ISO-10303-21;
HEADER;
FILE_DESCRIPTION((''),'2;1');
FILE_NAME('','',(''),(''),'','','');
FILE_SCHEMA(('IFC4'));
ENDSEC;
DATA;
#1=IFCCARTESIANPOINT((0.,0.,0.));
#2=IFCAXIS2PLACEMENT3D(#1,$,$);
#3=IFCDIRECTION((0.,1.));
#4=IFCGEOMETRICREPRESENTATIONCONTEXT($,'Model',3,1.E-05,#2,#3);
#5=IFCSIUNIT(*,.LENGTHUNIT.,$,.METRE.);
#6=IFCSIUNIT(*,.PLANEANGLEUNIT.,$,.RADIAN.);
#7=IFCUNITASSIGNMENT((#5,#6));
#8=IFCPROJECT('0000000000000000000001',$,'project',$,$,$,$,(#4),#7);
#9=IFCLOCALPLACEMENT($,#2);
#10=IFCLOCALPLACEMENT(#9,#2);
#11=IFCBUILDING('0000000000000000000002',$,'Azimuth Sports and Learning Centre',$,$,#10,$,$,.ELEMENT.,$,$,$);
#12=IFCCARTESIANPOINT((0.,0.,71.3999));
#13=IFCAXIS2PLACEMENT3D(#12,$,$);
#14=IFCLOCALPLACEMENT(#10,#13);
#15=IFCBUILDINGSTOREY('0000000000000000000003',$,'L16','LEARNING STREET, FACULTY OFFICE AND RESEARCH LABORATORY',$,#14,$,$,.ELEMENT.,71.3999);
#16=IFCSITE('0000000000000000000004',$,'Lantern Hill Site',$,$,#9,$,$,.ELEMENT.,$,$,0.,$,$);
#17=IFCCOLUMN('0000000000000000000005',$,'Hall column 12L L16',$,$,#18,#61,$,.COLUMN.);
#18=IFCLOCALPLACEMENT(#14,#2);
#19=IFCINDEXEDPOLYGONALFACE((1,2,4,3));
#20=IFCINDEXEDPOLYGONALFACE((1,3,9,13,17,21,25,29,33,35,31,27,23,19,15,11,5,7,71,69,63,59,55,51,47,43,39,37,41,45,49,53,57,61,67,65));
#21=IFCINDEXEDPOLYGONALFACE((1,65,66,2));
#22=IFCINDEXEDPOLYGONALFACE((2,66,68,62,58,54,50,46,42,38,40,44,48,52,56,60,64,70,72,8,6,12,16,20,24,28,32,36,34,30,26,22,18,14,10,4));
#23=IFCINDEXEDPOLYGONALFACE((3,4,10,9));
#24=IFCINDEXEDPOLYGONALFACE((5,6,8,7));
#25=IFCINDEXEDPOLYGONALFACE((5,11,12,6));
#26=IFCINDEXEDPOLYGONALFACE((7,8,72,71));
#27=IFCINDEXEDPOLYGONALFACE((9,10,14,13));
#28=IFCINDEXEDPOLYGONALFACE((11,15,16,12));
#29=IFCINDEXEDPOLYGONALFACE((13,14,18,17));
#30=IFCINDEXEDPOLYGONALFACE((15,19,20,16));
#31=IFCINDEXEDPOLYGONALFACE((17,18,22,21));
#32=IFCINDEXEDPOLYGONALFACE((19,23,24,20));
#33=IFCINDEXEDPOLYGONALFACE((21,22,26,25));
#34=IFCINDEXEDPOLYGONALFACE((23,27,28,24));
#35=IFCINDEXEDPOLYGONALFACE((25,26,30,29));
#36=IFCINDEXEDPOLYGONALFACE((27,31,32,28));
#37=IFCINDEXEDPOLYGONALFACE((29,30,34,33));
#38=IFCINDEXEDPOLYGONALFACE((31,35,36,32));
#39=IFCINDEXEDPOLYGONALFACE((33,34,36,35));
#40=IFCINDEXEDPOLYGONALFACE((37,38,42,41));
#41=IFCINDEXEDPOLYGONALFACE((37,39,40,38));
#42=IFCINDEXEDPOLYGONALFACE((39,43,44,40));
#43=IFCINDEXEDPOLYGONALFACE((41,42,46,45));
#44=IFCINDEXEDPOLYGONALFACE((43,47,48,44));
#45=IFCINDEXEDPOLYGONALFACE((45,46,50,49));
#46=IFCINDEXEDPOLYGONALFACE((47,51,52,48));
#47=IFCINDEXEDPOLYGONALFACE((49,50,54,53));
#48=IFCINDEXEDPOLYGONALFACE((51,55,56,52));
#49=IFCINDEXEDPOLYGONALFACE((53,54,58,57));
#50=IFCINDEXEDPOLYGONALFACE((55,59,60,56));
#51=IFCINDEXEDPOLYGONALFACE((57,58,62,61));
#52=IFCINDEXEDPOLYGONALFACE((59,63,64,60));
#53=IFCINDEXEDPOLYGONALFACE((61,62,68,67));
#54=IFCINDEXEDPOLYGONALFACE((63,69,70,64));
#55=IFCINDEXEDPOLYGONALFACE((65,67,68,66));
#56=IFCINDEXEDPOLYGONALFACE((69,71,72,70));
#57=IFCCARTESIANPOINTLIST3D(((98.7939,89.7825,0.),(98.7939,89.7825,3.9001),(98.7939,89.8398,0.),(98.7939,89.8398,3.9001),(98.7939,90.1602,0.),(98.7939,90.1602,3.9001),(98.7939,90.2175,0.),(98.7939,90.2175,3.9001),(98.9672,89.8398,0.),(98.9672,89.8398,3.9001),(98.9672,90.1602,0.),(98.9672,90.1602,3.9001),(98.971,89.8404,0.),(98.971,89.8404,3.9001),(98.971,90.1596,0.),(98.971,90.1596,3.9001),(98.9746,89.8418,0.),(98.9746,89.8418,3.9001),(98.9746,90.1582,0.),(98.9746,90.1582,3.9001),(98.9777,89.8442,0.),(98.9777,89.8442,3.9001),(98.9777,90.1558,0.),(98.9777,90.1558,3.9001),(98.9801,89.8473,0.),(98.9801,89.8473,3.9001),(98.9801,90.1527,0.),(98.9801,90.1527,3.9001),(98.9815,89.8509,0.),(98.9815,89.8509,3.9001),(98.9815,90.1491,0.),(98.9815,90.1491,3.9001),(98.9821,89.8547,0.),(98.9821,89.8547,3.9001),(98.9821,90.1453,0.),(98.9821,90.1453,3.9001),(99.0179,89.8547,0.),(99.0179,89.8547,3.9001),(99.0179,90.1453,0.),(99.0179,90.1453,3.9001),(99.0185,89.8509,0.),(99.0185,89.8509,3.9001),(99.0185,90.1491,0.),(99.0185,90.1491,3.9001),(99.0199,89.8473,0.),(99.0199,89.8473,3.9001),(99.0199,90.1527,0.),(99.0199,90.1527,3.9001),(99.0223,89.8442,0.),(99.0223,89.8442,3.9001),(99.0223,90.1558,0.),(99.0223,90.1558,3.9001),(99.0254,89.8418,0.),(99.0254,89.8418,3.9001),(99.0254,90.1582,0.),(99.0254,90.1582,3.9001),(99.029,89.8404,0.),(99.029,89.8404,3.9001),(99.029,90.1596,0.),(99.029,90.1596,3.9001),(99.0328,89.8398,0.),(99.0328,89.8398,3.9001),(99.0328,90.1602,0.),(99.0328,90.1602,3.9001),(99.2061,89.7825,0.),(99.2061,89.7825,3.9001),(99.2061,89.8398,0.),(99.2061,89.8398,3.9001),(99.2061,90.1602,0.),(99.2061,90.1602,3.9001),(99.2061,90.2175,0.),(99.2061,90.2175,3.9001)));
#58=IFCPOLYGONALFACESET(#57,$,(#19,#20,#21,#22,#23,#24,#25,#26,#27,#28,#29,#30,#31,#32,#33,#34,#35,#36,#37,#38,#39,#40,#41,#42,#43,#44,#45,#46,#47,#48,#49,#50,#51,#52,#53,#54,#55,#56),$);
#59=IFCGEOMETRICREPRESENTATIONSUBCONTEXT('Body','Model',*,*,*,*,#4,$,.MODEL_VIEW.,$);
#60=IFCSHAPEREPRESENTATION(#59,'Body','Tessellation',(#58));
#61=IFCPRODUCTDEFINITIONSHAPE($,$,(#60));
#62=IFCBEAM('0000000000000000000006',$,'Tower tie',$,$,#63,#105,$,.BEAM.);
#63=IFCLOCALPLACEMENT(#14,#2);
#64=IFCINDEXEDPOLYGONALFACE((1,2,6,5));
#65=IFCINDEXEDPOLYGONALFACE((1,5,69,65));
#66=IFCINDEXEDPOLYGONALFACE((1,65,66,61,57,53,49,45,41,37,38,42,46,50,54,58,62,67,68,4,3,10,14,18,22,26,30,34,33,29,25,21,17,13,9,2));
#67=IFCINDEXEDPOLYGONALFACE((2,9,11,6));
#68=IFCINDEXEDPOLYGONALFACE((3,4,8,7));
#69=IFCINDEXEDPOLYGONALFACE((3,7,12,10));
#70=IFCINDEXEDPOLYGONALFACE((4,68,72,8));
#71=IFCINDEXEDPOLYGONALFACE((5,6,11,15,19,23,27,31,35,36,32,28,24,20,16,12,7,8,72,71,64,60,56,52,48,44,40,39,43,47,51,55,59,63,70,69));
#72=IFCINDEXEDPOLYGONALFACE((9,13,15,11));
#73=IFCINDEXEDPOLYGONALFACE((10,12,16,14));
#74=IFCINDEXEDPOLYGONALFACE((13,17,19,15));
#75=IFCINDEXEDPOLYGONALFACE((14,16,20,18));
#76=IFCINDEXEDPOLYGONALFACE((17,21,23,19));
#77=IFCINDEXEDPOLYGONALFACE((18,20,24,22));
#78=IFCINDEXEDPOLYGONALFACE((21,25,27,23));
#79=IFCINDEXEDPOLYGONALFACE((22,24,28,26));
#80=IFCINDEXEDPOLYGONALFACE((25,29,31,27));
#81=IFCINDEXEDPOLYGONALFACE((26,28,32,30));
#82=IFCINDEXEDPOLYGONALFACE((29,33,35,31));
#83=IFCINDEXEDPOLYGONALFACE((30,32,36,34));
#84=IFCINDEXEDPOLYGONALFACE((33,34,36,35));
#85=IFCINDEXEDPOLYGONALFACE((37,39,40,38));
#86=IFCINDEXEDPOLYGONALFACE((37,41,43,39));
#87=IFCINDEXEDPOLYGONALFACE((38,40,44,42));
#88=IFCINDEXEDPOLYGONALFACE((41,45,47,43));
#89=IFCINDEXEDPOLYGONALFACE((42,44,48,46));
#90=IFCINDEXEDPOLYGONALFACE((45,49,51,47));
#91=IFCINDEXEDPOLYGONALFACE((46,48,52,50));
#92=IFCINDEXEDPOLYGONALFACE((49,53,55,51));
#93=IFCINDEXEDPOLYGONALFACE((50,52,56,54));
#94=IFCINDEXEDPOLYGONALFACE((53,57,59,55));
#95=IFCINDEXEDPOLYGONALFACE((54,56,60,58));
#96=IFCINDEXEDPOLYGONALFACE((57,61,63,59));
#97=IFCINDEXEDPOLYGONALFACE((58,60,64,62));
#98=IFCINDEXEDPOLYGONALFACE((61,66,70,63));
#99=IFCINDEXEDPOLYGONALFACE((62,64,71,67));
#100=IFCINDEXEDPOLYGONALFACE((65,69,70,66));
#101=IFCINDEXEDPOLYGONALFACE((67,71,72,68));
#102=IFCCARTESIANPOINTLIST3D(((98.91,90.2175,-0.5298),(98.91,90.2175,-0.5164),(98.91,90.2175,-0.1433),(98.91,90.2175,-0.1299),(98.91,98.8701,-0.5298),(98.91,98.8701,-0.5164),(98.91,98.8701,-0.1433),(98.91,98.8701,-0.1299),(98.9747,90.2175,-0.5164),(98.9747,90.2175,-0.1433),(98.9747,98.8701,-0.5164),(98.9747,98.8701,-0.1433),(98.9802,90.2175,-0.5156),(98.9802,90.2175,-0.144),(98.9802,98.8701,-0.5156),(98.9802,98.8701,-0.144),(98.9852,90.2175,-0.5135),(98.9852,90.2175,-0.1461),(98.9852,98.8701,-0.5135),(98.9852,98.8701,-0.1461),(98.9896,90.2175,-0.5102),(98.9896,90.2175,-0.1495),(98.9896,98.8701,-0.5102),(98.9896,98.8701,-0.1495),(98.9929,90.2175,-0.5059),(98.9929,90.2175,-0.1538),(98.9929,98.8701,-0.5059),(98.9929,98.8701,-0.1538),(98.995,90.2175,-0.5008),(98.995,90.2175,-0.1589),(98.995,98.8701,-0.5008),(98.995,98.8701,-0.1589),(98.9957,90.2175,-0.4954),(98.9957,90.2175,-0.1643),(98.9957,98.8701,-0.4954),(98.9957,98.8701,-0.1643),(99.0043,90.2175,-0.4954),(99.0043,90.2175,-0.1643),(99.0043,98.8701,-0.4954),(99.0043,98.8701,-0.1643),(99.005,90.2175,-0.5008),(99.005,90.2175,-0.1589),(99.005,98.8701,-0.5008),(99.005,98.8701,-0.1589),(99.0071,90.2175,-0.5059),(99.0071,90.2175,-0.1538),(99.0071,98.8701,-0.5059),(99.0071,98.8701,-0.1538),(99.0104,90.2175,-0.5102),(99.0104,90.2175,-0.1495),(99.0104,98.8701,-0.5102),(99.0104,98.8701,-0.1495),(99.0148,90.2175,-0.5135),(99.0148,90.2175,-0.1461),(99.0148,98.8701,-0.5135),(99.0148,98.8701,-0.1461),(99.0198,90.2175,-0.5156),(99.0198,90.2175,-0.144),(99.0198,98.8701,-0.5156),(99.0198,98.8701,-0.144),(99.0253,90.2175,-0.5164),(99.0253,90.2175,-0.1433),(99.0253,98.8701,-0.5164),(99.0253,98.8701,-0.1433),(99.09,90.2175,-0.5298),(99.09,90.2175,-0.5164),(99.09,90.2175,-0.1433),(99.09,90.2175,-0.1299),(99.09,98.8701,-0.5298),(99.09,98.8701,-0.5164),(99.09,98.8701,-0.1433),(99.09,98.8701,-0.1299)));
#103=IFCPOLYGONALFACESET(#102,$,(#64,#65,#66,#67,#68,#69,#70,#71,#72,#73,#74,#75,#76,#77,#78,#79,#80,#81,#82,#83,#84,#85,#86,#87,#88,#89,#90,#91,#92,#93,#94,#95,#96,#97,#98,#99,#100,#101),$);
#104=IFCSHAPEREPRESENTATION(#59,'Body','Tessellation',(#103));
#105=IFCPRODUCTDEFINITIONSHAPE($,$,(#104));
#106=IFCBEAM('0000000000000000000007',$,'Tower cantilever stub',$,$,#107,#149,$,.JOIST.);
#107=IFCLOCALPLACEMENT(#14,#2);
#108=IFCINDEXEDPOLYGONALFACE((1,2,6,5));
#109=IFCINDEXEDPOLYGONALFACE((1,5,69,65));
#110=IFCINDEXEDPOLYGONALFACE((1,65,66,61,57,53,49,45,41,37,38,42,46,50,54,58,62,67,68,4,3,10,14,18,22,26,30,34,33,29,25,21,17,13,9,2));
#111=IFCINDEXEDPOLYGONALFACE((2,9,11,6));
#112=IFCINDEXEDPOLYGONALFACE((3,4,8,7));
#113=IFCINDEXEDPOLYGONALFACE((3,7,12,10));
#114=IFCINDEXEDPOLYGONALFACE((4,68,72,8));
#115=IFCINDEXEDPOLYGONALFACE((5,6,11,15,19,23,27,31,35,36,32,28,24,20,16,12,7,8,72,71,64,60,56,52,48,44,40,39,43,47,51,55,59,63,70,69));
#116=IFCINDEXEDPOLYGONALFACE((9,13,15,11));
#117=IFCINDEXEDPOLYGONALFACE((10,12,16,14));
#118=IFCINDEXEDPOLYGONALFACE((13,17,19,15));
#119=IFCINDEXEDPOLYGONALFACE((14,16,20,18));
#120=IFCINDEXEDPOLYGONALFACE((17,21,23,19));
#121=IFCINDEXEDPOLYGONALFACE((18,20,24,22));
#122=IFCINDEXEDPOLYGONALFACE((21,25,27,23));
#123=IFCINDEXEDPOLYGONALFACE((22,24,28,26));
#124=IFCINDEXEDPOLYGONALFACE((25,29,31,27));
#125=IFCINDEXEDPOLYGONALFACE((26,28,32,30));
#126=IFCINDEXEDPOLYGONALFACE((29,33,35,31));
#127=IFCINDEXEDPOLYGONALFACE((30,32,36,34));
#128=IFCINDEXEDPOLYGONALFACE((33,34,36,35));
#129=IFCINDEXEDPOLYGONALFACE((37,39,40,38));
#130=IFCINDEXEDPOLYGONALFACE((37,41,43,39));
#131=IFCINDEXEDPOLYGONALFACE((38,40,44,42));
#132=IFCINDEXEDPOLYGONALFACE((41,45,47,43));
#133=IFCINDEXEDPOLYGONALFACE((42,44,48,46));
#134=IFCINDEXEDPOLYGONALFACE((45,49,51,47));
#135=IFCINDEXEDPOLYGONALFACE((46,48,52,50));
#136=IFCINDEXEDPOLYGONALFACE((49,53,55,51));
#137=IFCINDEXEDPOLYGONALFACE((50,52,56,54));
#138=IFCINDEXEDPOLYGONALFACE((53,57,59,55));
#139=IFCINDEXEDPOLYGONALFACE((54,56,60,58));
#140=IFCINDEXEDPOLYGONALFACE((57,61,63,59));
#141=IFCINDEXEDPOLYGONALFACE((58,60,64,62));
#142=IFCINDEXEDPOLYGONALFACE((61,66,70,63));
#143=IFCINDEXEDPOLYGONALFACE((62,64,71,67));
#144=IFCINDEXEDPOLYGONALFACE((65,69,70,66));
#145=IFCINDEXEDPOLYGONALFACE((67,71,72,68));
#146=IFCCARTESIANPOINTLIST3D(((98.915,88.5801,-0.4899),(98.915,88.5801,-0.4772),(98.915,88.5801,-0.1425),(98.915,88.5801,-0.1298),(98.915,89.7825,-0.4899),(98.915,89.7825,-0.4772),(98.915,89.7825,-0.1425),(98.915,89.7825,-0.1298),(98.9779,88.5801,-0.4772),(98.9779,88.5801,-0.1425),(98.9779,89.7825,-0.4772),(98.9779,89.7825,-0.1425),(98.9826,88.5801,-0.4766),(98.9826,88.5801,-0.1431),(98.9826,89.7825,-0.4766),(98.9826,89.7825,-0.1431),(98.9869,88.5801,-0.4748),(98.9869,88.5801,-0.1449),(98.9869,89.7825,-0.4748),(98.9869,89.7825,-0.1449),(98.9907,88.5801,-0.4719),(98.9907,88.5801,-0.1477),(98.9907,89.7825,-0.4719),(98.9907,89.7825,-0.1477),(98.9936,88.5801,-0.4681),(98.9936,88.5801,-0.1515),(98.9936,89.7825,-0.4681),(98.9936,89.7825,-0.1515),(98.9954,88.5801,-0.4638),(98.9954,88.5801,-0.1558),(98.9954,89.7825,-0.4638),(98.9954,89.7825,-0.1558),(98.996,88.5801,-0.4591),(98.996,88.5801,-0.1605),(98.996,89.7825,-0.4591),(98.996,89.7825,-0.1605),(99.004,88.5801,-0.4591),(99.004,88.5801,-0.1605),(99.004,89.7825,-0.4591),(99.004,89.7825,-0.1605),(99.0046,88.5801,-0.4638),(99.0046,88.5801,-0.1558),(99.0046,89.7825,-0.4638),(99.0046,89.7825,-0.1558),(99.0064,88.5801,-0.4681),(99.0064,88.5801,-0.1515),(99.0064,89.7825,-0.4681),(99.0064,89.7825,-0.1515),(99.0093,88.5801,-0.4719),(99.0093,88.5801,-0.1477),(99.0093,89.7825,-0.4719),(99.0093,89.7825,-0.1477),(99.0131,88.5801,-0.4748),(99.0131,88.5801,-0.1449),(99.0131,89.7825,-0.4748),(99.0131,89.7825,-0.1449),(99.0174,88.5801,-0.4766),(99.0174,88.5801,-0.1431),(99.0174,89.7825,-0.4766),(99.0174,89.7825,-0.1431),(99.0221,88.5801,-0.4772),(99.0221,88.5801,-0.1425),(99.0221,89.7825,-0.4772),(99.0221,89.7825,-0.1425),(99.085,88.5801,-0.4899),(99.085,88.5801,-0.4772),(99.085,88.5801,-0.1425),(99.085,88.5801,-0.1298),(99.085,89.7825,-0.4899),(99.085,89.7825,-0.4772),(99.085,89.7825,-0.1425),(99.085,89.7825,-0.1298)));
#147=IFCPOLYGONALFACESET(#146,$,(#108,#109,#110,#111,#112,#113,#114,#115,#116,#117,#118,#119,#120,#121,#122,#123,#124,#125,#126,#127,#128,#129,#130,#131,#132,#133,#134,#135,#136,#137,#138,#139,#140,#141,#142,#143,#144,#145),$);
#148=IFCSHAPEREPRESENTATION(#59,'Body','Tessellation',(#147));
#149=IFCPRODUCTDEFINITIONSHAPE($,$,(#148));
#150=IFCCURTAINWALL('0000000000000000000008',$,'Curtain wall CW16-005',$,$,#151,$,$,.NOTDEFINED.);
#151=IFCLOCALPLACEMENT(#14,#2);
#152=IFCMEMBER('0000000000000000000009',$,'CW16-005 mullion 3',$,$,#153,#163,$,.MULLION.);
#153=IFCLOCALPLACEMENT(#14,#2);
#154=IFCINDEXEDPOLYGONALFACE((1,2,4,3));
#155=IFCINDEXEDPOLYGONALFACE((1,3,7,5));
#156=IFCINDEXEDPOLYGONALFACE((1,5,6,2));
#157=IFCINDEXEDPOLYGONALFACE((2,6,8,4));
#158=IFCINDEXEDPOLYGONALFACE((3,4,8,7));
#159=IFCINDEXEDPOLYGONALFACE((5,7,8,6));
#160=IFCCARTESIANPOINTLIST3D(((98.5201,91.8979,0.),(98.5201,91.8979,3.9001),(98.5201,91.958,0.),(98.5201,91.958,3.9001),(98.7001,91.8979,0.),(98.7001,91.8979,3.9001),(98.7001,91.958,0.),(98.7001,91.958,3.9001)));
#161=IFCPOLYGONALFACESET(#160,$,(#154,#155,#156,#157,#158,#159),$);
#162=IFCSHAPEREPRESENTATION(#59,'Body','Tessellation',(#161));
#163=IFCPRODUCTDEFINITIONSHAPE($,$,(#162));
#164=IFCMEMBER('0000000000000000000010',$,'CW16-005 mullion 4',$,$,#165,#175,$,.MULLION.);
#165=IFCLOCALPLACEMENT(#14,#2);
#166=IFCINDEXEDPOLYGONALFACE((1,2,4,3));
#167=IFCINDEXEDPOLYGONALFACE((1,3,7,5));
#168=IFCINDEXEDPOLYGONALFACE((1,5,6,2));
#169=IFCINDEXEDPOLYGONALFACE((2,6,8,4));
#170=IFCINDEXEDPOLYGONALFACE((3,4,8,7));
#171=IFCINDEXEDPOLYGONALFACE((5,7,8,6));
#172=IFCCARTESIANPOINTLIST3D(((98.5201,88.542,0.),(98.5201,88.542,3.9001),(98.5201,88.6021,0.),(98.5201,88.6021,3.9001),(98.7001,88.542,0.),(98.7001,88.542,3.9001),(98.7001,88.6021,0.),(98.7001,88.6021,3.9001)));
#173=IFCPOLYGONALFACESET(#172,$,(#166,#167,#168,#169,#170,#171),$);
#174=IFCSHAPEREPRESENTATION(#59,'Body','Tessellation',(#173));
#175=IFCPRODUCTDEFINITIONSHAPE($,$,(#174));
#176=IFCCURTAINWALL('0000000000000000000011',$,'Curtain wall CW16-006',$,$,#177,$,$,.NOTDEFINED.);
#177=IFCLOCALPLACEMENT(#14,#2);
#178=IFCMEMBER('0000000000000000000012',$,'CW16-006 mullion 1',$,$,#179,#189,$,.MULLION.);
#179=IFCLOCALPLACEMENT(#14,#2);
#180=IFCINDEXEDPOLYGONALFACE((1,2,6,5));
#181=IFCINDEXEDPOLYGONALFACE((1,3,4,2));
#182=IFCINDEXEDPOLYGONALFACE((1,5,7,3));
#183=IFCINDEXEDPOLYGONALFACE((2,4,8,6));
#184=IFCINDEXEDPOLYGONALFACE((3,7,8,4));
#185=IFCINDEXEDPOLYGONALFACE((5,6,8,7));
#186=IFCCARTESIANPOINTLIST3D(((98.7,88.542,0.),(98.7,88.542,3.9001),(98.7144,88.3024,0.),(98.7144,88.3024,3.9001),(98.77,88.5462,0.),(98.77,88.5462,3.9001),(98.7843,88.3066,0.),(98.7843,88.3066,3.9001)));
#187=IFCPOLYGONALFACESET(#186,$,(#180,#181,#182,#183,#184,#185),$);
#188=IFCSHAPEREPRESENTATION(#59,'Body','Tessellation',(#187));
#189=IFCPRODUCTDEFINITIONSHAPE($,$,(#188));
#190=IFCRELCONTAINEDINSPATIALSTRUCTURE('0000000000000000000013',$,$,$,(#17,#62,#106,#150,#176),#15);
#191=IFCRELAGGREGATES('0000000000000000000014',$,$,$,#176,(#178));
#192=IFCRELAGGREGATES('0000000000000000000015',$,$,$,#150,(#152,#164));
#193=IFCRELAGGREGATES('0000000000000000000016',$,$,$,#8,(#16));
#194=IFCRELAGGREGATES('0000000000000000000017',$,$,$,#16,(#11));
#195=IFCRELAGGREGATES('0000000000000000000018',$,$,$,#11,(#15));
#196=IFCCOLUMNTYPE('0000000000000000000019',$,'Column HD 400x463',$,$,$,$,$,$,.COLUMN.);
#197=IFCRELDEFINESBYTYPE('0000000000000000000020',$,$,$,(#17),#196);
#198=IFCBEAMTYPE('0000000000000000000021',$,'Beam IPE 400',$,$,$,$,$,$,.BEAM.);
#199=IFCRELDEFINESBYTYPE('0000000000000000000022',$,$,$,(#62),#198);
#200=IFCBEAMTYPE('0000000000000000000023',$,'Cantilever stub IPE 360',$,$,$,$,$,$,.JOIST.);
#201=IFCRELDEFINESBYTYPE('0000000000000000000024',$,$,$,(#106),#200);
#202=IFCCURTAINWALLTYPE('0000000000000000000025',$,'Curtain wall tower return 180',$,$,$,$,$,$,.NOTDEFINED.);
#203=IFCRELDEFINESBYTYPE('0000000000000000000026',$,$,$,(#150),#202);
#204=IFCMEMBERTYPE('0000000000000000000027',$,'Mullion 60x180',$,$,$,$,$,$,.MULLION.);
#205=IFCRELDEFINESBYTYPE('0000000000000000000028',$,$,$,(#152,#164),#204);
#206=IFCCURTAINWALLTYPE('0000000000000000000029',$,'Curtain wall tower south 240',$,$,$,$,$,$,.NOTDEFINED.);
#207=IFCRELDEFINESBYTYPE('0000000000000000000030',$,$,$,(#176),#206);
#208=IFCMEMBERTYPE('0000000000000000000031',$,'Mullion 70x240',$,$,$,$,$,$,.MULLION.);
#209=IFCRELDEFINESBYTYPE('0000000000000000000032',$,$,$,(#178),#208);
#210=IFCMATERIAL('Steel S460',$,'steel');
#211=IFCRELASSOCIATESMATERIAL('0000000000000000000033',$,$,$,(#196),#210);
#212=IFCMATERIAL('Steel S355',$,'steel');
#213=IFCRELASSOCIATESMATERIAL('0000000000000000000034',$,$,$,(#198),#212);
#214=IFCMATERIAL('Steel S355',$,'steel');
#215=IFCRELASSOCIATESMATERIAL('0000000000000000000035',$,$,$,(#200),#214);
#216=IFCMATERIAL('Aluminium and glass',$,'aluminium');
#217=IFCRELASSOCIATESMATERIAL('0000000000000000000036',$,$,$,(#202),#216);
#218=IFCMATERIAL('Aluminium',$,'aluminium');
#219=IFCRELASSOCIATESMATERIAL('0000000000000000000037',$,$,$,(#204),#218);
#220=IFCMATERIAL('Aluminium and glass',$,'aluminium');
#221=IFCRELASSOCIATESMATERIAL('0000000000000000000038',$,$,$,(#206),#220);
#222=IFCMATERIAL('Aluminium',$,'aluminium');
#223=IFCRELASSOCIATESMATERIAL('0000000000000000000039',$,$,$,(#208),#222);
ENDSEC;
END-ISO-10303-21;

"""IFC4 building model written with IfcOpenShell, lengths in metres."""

from ifc_helpers import new_model, si_unit, direction, frame, origin, origin_2d, place, context, subcontext, project, spatial, rectangle, i_section, extrude, material, material_profile, profile_set, type_object, element, aggregate, save


model = new_model("IFC4")

# Units and contexts
model_context = context("Model", 3, precision=1e-05, world=origin(), true_north=direction((0.0, 1.0)))
body_context = subcontext(model_context, "Body", "Model", "MODEL_VIEW")
ifc_project = project(units=[si_unit("LENGTHUNIT", "METRE"), si_unit("PLANEANGLEUNIT", "RADIAN")], contexts=[model_context])

# Site, building, storey
site_placement = place(None, origin())
site = spatial("IfcSite", under=ifc_project, at=site_placement, Name="Lantern Hill Site", CompositionType="ELEMENT", RefElevation=0.0)
building_placement = place(site_placement, origin())
building = spatial("IfcBuilding", under=site, at=building_placement, Name="Azimuth Sports and Learning Centre", CompositionType="ELEMENT")
storey_placement = place(building_placement, frame((0.0, 0.0, 71.3999)))
storey = spatial("IfcBuildingStorey", under=building, at=storey_placement, Name="L16", Description="LEARNING STREET, FACULTY OFFICE AND RESEARCH LABORATORY", CompositionType="ELEMENT", Elevation=71.3999)

# Column
ifc_material_1 = material(Name="Steel S460", Category="steel")
ifc_material_profile_1 = material_profile(ifc_material_1, i_section(OverallWidth=0.4121, OverallDepth=0.4351, WebThickness=0.0359, FlangeThickness=0.0574, FilletRadius=0.0149, at=origin_2d()), Name="HD 400x463")
ifc_profile_set_1 = profile_set([ifc_material_profile_1], Name="Steel S460")
column_type = type_object("IfcColumnType", Name="Column HD 400x463", PredefinedType="COLUMN", material=ifc_profile_set_1)
column_placement = place(storey_placement, frame((99.0, 90.0, 0.0), z_axis=(0.0, 0.0, 1.0), x_axis=(1.0, 0.0, 0.0)))
element("IfcColumn", 1, at=column_placement, inside=storey, type_object=column_type, Name="Hall column 12L L16", PredefinedType="COLUMN", context=body_context, shape_type="SweptSolid", body=[
    extrude(i_section(OverallWidth=0.4121, OverallDepth=0.4351, WebThickness=0.0359, FlangeThickness=0.0574, FilletRadius=0.0149, at=origin_2d()), origin(), (0.0, 0.0, 1.0), 3.9001),
])

# Beams
ifc_material_2 = material(Name="Steel S355", Category="steel")
ifc_material_profile_2 = material_profile(ifc_material_2, i_section(OverallWidth=0.1799, OverallDepth=0.3999, WebThickness=0.0085, FlangeThickness=0.0134, FilletRadius=0.021, at=origin_2d()), Name="IPE 400")
ifc_profile_set_2 = profile_set([ifc_material_profile_2], Name="Steel S355")
beam_type_1 = type_object("IfcBeamType", Name="Beam IPE 400", PredefinedType="BEAM", material=ifc_profile_set_2)
beam_1_placement = place(storey_placement, frame((99.0, 90.2175, -0.3298), z_axis=(0.0, 1.0, 0.0), x_axis=(-1.0, 0.0, 0.0)))
element("IfcBeam", 2, at=beam_1_placement, inside=storey, type_object=beam_type_1, Name="Tower tie", PredefinedType="BEAM", context=body_context, shape_type="SweptSolid", body=[
    extrude(i_section(OverallWidth=0.1799, OverallDepth=0.3999, WebThickness=0.0085, FlangeThickness=0.0134, FilletRadius=0.021, at=origin_2d()), origin(), (0.0, 0.0, 1.0), 8.6526),
])
ifc_material_3 = material(Name="Steel S355", Category="steel")
ifc_material_profile_3 = material_profile(ifc_material_3, i_section(OverallWidth=0.1699, OverallDepth=0.3601, WebThickness=0.0081, FlangeThickness=0.0127, FilletRadius=0.0181, at=origin_2d()), Name="IPE 360")
ifc_profile_set_3 = profile_set([ifc_material_profile_3], Name="Steel S355")
beam_type_2 = type_object("IfcBeamType", Name="Cantilever stub IPE 360", PredefinedType="JOIST", material=ifc_profile_set_3)
beam_2_placement = place(storey_placement, frame((99.0, 89.7825, -0.3098), z_axis=(0.0, -1.0, 0.0), x_axis=(1.0, 0.0, 0.0)))
element("IfcBeam", 3, at=beam_2_placement, inside=storey, type_object=beam_type_2, Name="Tower cantilever stub", PredefinedType="JOIST", context=body_context, shape_type="SweptSolid", body=[
    extrude(i_section(OverallWidth=0.1699, OverallDepth=0.3601, WebThickness=0.0081, FlangeThickness=0.0127, FilletRadius=0.0181, at=origin_2d()), origin(), (0.0, 0.0, 1.0), 1.2024),
])

# Curtain wall, members
ifc_material_4 = material(Name="Aluminium and glass", Category="aluminium")
curtain_wall_type_1 = type_object("IfcCurtainWallType", Name="Curtain wall tower return 180", PredefinedType="NOTDEFINED", material=ifc_material_4)
curtain_wall_1_placement = place(storey_placement, origin())
curtain_wall_1 = element("IfcCurtainWall", 4, at=curtain_wall_1_placement, inside=storey, type_object=curtain_wall_type_1, Name="Curtain wall CW16-005", PredefinedType="NOTDEFINED")
ifc_material_5 = material(Name="Aluminium", Category="aluminium")
ifc_material_profile_4 = material_profile(ifc_material_5, rectangle(XDim=0.1799, YDim=0.0601, at=origin_2d()), Name="Mullion 60x180")
ifc_profile_set_4 = profile_set([ifc_material_profile_4], Name="Aluminium")
member_type_1 = type_object("IfcMemberType", Name="Mullion 60x180", PredefinedType="MULLION", material=ifc_profile_set_4)
member_1_placement = place(storey_placement, frame((98.6101, 91.928, 0.0), z_axis=(0.0, 0.0, 1.0), x_axis=(1.0, 0.0, 0.0)))
member_1 = element("IfcMember", 5, at=member_1_placement, type_object=member_type_1, Name="CW16-005 mullion 3", PredefinedType="MULLION", context=body_context, shape_type="SweptSolid", body=[
    extrude(rectangle(XDim=0.1799, YDim=0.0601, at=origin_2d()), origin(), (0.0, 0.0, 1.0), 3.9001),
])
member_2_placement = place(storey_placement, frame((98.6101, 88.572, 0.0), z_axis=(0.0, 0.0, 1.0), x_axis=(1.0, 0.0, 0.0)))
member_2 = element("IfcMember", 6, at=member_2_placement, type_object=member_type_1, Name="CW16-005 mullion 4", PredefinedType="MULLION", context=body_context, shape_type="SweptSolid", body=[
    extrude(rectangle(XDim=0.1799, YDim=0.0601, at=origin_2d()), origin(), (0.0, 0.0, 1.0), 3.9001),
])

# Curtain wall, member
ifc_material_6 = material(Name="Aluminium and glass", Category="aluminium")
curtain_wall_type_2 = type_object("IfcCurtainWallType", Name="Curtain wall tower south 240", PredefinedType="NOTDEFINED", material=ifc_material_6)
curtain_wall_2_placement = place(storey_placement, origin())
curtain_wall_2 = element("IfcCurtainWall", 7, at=curtain_wall_2_placement, inside=storey, type_object=curtain_wall_type_2, Name="Curtain wall CW16-006", PredefinedType="NOTDEFINED")
ifc_material_7 = material(Name="Aluminium", Category="aluminium")
ifc_material_profile_5 = material_profile(ifc_material_7, rectangle(XDim=0.24, YDim=0.0701, at=origin_2d()), Name="Mullion 70x240")
ifc_profile_set_5 = profile_set([ifc_material_profile_5], Name="Aluminium")
member_type_2 = type_object("IfcMemberType", Name="Mullion 70x240", PredefinedType="MULLION", material=ifc_profile_set_5)
member_3_placement = place(storey_placement, frame((98.7422, 88.4243, 0.0), z_axis=(0.0, 0.0, 1.0), x_axis=(-0.059892, 0.998205, 0.0)))
member_3 = element("IfcMember", 8, at=member_3_placement, type_object=member_type_2, Name="CW16-006 mullion 1", PredefinedType="MULLION", context=body_context, shape_type="SweptSolid", body=[
    extrude(rectangle(XDim=0.24, YDim=0.0701, at=origin_2d()), origin(), (0.0, 0.0, 1.0), 3.9001),
])

aggregate(curtain_wall_2, [member_3])

aggregate(curtain_wall_1, [member_1, member_2])

save(model, "model.ifc")
